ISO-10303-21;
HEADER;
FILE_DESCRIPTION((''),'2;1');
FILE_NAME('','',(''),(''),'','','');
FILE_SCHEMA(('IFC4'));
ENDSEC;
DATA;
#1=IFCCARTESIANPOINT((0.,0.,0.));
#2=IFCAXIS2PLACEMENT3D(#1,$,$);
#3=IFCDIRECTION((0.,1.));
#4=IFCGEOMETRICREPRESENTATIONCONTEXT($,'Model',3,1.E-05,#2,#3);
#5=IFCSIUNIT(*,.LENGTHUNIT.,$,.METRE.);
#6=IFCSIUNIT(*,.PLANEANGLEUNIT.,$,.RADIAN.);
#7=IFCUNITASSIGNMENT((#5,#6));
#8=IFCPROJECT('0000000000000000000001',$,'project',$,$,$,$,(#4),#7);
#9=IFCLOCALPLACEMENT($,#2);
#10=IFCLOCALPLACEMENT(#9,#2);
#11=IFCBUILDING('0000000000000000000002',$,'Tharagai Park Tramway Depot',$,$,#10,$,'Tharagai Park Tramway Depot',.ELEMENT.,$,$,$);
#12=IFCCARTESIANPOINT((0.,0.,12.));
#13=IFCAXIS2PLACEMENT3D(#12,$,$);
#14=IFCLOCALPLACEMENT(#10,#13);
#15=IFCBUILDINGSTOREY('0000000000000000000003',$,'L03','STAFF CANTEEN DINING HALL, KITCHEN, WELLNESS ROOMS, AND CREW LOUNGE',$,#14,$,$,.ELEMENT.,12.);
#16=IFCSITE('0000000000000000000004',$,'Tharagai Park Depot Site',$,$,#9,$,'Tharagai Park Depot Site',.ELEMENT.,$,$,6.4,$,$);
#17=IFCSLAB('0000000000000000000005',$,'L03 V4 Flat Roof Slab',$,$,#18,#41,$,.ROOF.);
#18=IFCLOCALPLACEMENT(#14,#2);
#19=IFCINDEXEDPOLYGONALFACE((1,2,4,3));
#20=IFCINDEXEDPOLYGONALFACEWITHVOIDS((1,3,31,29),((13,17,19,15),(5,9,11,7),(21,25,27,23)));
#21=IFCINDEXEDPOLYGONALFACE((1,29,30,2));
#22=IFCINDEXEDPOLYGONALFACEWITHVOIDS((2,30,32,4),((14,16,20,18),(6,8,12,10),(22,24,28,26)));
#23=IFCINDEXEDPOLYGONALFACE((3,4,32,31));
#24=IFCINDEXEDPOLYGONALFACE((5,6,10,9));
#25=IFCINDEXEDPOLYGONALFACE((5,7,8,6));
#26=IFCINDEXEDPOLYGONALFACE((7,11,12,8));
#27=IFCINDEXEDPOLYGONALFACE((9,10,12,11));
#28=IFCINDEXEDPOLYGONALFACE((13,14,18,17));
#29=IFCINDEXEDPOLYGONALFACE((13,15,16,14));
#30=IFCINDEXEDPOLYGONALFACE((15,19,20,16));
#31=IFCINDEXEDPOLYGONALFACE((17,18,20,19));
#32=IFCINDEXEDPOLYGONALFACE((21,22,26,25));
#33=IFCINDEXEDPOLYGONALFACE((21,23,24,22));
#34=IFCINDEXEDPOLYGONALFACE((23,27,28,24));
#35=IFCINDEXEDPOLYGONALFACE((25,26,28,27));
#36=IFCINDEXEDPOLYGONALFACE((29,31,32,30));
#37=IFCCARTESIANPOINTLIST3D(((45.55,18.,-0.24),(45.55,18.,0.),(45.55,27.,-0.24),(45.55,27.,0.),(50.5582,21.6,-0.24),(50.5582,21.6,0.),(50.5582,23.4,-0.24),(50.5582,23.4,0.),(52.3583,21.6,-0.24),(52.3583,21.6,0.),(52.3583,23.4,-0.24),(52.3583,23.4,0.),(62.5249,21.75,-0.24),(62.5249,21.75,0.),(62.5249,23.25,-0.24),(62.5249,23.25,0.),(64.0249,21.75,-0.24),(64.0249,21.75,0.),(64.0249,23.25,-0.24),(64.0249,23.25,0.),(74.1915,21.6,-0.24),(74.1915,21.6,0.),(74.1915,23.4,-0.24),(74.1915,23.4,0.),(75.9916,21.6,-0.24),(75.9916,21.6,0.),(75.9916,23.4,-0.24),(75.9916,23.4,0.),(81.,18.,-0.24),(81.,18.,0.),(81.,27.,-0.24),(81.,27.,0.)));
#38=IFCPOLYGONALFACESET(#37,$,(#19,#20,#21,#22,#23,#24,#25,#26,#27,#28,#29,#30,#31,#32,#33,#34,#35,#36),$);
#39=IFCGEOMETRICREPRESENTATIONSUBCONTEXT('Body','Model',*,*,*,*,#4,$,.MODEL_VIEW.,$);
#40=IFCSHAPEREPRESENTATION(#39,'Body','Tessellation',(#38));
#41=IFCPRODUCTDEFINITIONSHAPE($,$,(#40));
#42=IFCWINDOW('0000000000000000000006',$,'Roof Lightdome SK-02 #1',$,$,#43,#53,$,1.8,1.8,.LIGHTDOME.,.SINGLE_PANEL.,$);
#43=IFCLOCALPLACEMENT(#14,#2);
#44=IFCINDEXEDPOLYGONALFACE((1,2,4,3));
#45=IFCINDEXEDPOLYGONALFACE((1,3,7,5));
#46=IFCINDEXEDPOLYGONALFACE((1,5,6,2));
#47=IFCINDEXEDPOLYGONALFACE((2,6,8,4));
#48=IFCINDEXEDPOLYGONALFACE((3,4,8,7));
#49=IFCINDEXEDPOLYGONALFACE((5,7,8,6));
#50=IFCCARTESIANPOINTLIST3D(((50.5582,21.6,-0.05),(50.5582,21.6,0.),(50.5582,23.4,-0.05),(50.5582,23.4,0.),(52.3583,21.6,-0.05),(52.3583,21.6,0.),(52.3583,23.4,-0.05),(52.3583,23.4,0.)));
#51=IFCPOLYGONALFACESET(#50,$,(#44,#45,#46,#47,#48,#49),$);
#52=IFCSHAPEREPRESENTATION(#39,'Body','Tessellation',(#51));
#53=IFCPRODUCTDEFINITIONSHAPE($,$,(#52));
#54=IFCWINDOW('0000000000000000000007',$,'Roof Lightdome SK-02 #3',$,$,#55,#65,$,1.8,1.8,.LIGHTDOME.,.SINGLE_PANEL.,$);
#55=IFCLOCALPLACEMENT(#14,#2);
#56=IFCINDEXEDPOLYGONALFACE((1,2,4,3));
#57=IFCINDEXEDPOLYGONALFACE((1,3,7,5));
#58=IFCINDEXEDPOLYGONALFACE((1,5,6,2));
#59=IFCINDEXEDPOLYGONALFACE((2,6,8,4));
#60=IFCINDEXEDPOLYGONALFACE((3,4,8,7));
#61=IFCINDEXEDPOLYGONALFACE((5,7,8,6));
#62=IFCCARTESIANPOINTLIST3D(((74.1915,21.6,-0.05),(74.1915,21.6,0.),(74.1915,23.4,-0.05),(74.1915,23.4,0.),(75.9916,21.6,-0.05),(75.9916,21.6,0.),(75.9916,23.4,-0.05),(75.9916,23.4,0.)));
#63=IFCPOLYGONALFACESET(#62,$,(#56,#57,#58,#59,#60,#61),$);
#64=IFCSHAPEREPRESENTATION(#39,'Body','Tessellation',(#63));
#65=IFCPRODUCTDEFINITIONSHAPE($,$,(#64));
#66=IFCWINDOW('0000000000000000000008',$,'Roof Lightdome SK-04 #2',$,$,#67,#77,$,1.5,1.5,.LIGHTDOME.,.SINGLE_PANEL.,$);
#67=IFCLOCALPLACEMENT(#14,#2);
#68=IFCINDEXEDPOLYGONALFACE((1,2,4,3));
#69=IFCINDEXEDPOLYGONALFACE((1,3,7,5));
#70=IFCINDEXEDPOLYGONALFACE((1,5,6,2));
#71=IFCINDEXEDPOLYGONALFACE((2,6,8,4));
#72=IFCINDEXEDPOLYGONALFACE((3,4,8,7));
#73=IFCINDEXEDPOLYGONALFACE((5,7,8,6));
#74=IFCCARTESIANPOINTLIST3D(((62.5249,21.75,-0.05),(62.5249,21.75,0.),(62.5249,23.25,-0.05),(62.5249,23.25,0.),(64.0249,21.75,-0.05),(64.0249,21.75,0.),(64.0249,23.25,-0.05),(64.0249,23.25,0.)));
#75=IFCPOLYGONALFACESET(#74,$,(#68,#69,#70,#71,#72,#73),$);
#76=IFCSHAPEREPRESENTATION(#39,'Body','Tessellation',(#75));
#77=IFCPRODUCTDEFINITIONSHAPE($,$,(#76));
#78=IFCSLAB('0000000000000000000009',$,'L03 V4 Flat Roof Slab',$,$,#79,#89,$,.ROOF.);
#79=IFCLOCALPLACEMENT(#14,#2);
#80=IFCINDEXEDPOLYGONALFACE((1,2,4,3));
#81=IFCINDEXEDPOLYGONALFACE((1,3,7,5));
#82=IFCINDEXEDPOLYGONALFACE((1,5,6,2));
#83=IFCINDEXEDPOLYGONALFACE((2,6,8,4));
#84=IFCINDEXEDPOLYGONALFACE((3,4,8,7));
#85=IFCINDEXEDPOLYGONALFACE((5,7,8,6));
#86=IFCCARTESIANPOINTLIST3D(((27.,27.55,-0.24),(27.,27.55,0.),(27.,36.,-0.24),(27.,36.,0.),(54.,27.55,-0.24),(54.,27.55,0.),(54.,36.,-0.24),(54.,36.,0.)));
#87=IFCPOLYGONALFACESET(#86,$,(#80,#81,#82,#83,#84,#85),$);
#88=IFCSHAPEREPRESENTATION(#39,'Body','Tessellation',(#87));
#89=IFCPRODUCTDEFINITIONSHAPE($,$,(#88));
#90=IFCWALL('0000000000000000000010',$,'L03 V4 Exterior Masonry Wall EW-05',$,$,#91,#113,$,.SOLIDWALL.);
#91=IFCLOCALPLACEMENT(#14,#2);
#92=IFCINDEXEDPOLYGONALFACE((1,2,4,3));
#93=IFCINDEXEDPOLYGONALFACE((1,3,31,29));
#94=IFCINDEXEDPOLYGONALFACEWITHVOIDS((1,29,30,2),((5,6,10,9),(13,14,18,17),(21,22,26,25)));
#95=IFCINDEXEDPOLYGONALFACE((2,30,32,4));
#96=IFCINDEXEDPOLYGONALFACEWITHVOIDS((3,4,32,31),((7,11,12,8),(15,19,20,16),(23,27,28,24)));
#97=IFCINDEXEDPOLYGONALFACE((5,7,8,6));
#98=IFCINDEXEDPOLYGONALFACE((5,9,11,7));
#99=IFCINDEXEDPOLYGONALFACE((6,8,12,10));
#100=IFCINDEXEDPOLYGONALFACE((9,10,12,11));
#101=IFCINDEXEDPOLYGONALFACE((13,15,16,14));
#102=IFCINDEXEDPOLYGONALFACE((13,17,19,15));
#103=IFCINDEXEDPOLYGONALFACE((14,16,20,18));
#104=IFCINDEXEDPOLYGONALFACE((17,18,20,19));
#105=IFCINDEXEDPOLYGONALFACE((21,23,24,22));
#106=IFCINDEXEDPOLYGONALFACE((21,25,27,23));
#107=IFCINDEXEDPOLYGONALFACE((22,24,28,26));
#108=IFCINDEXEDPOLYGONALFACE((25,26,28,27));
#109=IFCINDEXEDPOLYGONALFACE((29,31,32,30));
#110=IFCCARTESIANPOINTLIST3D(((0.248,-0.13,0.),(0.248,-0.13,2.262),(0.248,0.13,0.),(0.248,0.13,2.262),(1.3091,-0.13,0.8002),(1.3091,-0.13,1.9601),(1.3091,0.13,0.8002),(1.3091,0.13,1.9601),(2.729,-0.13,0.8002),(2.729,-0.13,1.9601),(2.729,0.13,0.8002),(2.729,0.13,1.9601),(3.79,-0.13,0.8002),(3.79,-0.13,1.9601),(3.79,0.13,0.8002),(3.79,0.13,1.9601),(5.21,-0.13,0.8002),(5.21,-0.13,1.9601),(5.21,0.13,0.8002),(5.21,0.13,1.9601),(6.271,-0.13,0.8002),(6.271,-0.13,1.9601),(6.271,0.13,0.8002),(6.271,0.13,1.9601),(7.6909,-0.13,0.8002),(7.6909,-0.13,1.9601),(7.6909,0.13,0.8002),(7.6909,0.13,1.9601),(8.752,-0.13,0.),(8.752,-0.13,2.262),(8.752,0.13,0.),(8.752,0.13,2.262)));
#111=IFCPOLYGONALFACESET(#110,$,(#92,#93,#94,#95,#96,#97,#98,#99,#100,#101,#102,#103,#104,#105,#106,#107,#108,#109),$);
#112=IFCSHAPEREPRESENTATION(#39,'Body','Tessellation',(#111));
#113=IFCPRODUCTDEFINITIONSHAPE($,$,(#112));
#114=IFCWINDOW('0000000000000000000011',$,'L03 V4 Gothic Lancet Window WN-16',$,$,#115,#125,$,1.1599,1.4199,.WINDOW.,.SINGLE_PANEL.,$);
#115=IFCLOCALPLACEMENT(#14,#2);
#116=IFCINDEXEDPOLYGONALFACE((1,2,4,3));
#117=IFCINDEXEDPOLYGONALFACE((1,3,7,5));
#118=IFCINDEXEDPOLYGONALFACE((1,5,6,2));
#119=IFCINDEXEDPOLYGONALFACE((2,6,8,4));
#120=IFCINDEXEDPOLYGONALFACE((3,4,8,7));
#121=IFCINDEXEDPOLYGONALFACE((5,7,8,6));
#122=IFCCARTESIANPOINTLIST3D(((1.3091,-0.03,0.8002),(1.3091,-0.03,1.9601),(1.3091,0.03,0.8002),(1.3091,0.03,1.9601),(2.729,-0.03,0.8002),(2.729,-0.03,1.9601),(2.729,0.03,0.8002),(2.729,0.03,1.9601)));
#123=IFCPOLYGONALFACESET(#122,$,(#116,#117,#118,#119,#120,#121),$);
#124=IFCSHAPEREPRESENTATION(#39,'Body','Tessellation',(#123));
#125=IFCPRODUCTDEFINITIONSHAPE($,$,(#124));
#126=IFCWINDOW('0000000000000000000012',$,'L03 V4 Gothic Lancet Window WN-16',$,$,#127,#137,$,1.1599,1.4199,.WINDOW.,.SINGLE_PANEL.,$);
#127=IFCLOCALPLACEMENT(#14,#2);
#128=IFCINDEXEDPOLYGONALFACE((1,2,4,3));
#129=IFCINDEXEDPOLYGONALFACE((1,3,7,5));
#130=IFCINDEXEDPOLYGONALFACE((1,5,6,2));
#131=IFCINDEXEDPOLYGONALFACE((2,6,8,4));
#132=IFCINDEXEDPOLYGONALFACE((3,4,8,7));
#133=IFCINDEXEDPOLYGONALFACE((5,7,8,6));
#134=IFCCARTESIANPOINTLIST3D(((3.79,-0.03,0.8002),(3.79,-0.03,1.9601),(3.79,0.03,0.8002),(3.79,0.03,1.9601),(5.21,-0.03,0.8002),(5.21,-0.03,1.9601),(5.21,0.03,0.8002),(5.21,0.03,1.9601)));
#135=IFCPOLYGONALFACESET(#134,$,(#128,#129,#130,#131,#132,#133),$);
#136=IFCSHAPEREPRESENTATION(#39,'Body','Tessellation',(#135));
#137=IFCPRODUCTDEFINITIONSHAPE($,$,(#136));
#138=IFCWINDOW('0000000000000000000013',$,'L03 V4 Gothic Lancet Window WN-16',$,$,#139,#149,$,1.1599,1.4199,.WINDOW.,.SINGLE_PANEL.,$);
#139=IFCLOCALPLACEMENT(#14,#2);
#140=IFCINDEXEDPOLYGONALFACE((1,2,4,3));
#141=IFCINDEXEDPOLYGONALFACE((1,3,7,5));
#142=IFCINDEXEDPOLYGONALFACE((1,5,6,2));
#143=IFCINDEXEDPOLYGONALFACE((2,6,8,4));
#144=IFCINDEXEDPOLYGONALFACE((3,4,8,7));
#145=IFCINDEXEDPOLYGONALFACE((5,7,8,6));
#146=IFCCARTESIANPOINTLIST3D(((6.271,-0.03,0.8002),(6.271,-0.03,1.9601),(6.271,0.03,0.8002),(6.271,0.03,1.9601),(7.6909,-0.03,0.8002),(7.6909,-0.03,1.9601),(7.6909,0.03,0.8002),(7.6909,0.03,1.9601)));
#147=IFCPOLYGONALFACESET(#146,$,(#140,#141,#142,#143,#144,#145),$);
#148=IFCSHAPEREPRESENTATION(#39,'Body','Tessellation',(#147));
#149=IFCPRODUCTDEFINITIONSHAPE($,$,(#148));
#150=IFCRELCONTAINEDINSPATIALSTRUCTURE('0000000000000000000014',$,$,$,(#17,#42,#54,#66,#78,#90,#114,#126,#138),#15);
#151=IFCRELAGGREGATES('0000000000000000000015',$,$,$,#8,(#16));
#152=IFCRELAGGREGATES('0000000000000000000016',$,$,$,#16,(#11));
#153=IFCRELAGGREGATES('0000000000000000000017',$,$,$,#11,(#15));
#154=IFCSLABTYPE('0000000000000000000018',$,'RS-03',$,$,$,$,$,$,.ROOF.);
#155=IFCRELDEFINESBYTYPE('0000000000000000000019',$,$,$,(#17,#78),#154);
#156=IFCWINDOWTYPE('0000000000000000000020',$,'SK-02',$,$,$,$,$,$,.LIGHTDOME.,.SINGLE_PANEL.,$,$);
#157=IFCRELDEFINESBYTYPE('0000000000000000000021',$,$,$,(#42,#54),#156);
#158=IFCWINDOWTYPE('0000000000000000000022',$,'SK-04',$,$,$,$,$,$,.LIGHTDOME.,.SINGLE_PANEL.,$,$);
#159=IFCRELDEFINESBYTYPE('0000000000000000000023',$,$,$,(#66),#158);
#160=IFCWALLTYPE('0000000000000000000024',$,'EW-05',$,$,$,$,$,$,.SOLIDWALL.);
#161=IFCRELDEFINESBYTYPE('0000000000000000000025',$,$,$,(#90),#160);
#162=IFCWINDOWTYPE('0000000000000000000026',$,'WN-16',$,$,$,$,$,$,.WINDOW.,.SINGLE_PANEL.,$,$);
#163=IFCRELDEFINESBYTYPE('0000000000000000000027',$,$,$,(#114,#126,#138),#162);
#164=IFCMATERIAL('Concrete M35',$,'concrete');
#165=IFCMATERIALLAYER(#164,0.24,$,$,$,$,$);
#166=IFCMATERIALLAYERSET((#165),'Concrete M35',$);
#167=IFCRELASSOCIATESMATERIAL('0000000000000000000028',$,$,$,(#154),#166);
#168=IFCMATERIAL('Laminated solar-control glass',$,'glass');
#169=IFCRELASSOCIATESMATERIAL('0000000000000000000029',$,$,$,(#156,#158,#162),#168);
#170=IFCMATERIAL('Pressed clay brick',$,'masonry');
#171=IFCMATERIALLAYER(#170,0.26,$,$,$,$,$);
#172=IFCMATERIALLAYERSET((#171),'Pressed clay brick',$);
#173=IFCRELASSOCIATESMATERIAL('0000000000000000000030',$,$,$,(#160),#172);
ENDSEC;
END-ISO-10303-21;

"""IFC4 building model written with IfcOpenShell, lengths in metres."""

from ifc_helpers import new_model, si_unit, direction, frame, frame_2d, origin, origin_2d, place, context, subcontext, project, spatial, polyline, rectangle, outline, extrude, material, layer, layer_set, type_object, element, fill, save


model = new_model("IFC4")

# Units and contexts
model_context = context("Model", 3, precision=1e-05, world=origin(), true_north=direction((0.0, 1.0)))
body_context = subcontext(model_context, "Body", "Model", "MODEL_VIEW")
ifc_project = project(units=[si_unit("LENGTHUNIT", "METRE"), si_unit("PLANEANGLEUNIT", "RADIAN")], contexts=[model_context])

# Site, building, storey
site_placement = place(None, origin())
site = spatial("IfcSite", under=ifc_project, at=site_placement, Name="Tharagai Park Depot Site", LongName="Tharagai Park Depot Site", CompositionType="ELEMENT", RefElevation=6.4)
building_placement = place(site_placement, origin())
building = spatial("IfcBuilding", under=site, at=building_placement, Name="Tharagai Park Tramway Depot", LongName="Tharagai Park Tramway Depot", CompositionType="ELEMENT")
storey_placement = place(building_placement, frame((0.0, 0.0, 12.0)))
storey = spatial("IfcBuildingStorey", under=building, at=storey_placement, Name="L03", Description="STAFF CANTEEN DINING HALL, KITCHEN, WELLNESS ROOMS, AND CREW LOUNGE", CompositionType="ELEMENT", Elevation=12.0)

# Shared definitions
ifc_material_1 = material(Name="Concrete M35", Category="concrete")

# Slab, openings, windows
ifc_layer_1 = layer(ifc_material_1, 0.24)
ifc_layer_set_1 = layer_set([ifc_layer_1], Name="Concrete M35")
slab_type_1 = type_object("IfcSlabType", Name="RS-03", PredefinedType="ROOF", material=ifc_layer_set_1)
slab_1_placement = place(storey_placement, frame((0.0, 0.0, -0.24)))
slab_1 = element("IfcSlab", 1, at=slab_1_placement, inside=storey, type_object=slab_type_1, Name="L03 V4 Flat Roof Slab", PredefinedType="ROOF", context=body_context, shape_type="SweptSolid", body=[
    extrude(outline(polyline([(45.55, 18.0), (81.0, 18.0), (81.0, 27.0), (45.55, 27.0), (45.55, 18.0)])), origin(), (0.0, 0.0, 1.0), 0.24),
])
opening_1_placement = place(slab_1_placement, frame((51.4583, 22.5, -0.01)))
opening_1 = element("IfcOpeningElement", 2, at=opening_1_placement, cuts=slab_1, PredefinedType="OPENING", context=body_context, shape_type="SweptSolid", body=[
    extrude(rectangle(XDim=1.8, YDim=1.8, at=origin_2d()), origin(), (0.0, 0.0, 1.0), 0.26),
])
opening_2_placement = place(slab_1_placement, frame((63.2749, 22.5, -0.01)))
opening_2 = element("IfcOpeningElement", 3, at=opening_2_placement, cuts=slab_1, PredefinedType="OPENING", context=body_context, shape_type="SweptSolid", body=[
    extrude(rectangle(XDim=1.5, YDim=1.5, at=origin_2d()), origin(), (0.0, 0.0, 1.0), 0.26),
])
opening_3_placement = place(slab_1_placement, frame((75.0916, 22.5, -0.01)))
opening_3 = element("IfcOpeningElement", 4, at=opening_3_placement, cuts=slab_1, PredefinedType="OPENING", context=body_context, shape_type="SweptSolid", body=[
    extrude(rectangle(XDim=1.8, YDim=1.8, at=origin_2d()), origin(), (0.0, 0.0, 1.0), 0.26),
])
ifc_material_2 = material(Name="Laminated solar-control glass", Category="glass")
window_type_1 = type_object("IfcWindowType", Name="SK-02", PartitioningType="SINGLE_PANEL", PredefinedType="LIGHTDOME", material=ifc_material_2)
window_1_placement = place(opening_1_placement, frame((0.0, 0.0, 0.2)))
window_1 = element("IfcWindow", 5, at=window_1_placement, inside=storey, type_object=window_type_1, Name="Roof Lightdome SK-02 #1", OverallHeight=1.8, OverallWidth=1.8, PartitioningType="SINGLE_PANEL", PredefinedType="LIGHTDOME", context=body_context, shape_type="SweptSolid", body=[
    extrude(rectangle(XDim=1.8, YDim=1.8, at=origin_2d()), origin(), (0.0, 0.0, 1.0), 0.05),
])
fill(opening_1, window_1)
window_2_placement = place(opening_3_placement, frame((0.0, 0.0, 0.2)))
window_2 = element("IfcWindow", 6, at=window_2_placement, inside=storey, type_object=window_type_1, Name="Roof Lightdome SK-02 #3", OverallHeight=1.8, OverallWidth=1.8, PartitioningType="SINGLE_PANEL", PredefinedType="LIGHTDOME", context=body_context, shape_type="SweptSolid", body=[
    extrude(rectangle(XDim=1.8, YDim=1.8, at=origin_2d()), origin(), (0.0, 0.0, 1.0), 0.05),
])
fill(opening_3, window_2)
window_type_2 = type_object("IfcWindowType", Name="SK-04", PartitioningType="SINGLE_PANEL", PredefinedType="LIGHTDOME", material=ifc_material_2)
window_3_placement = place(opening_2_placement, frame((0.0, 0.0, 0.2)))
window_3 = element("IfcWindow", 7, at=window_3_placement, inside=storey, type_object=window_type_2, Name="Roof Lightdome SK-04 #2", OverallHeight=1.5, OverallWidth=1.5, PartitioningType="SINGLE_PANEL", PredefinedType="LIGHTDOME", context=body_context, shape_type="SweptSolid", body=[
    extrude(rectangle(XDim=1.5, YDim=1.5, at=origin_2d()), origin(), (0.0, 0.0, 1.0), 0.05),
])
fill(opening_2, window_3)

# Slab
slab_2_placement = place(storey_placement, frame((0.0, 0.0, -0.24)))
element("IfcSlab", 8, at=slab_2_placement, inside=storey, type_object=slab_type_1, Name="L03 V4 Flat Roof Slab", PredefinedType="ROOF", context=body_context, shape_type="SweptSolid", body=[
    extrude(outline(polyline([(27.0, 27.55), (54.0, 27.55), (54.0, 36.0), (27.0, 36.0), (27.0, 27.55)])), origin(), (0.0, 0.0, 1.0), 0.24),
])

# Wall, openings, windows
ifc_material_3 = material(Name="Pressed clay brick", Category="masonry")
ifc_layer_2 = layer(ifc_material_3, 0.26)
ifc_layer_set_2 = layer_set([ifc_layer_2], Name="Pressed clay brick")
wall_type_1 = type_object("IfcWallType", Name="EW-05", PredefinedType="SOLIDWALL", material=ifc_layer_set_2)
wall_1_placement = place(storey_placement, frame((0.248, 0.0, 0.0), z_axis=(0.0, 0.0, 1.0), x_axis=(1.0, 0.0, 0.0)))
wall_1 = element("IfcWall", 9, at=wall_1_placement, inside=storey, type_object=wall_type_1, Name="L03 V4 Exterior Masonry Wall EW-05", PredefinedType="SOLIDWALL", context=body_context, shape_type="SweptSolid", body=[
    extrude(rectangle(XDim=8.5039, YDim=0.26, at=frame_2d((4.252, 0.0))), origin(), (0.0, 0.0, 1.0), 2.262),
])
opening_4_placement = place(wall_1_placement, frame((1.061, 0.0, 0.8)))
opening_4 = element("IfcOpeningElement", 10, at=opening_4_placement, cuts=wall_1, PredefinedType="OPENING", context=body_context, shape_type="SweptSolid", body=[
    extrude(rectangle(XDim=1.4199, YDim=1.1599, at=frame_2d((0.71, 0.5801))), frame((0.0, 0.1399, 0.0), z_axis=(0.0, -1.0, 0.0), x_axis=(1.0, 0.0, 0.0)), (0.0, 0.0, 1.0), 0.28),
])
opening_5_placement = place(wall_1_placement, frame((3.542, 0.0, 0.8)))
opening_5 = element("IfcOpeningElement", 11, at=opening_5_placement, cuts=wall_1, PredefinedType="OPENING", context=body_context, shape_type="SweptSolid", body=[
    extrude(rectangle(XDim=1.4199, YDim=1.1599, at=frame_2d((0.71, 0.5801))), frame((0.0, 0.1399, 0.0), z_axis=(0.0, -1.0, 0.0), x_axis=(1.0, 0.0, 0.0)), (0.0, 0.0, 1.0), 0.28),
])
opening_6_placement = place(wall_1_placement, frame((6.0229, 0.0, 0.8)))
opening_6 = element("IfcOpeningElement", 12, at=opening_6_placement, cuts=wall_1, PredefinedType="OPENING", context=body_context, shape_type="SweptSolid", body=[
    extrude(rectangle(XDim=1.4199, YDim=1.1599, at=frame_2d((0.71, 0.5801))), frame((0.0, 0.1399, 0.0), z_axis=(0.0, -1.0, 0.0), x_axis=(1.0, 0.0, 0.0)), (0.0, 0.0, 1.0), 0.28),
])
window_type_3 = type_object("IfcWindowType", Name="WN-16", PartitioningType="SINGLE_PANEL", PredefinedType="WINDOW", material=ifc_material_2)
window_4_placement = place(opening_4_placement, origin())
window_4 = element("IfcWindow", 13, at=window_4_placement, inside=storey, type_object=window_type_3, Name="L03 V4 Gothic Lancet Window WN-16", OverallHeight=1.1599, OverallWidth=1.4199, PartitioningType="SINGLE_PANEL", PredefinedType="WINDOW", context=body_context, shape_type="SweptSolid", body=[
    extrude(rectangle(XDim=1.4199, YDim=1.1599, at=frame_2d((0.71, 0.5801))), frame((0.0, 0.03, 0.0), z_axis=(0.0, -1.0, 0.0), x_axis=(1.0, 0.0, 0.0)), (0.0, 0.0, 1.0), 0.0601),
])
fill(opening_4, window_4)
window_5_placement = place(opening_5_placement, origin())
window_5 = element("IfcWindow", 14, at=window_5_placement, inside=storey, type_object=window_type_3, Name="L03 V4 Gothic Lancet Window WN-16", OverallHeight=1.1599, OverallWidth=1.4199, PartitioningType="SINGLE_PANEL", PredefinedType="WINDOW", context=body_context, shape_type="SweptSolid", body=[
    extrude(rectangle(XDim=1.4199, YDim=1.1599, at=frame_2d((0.71, 0.5801))), frame((0.0, 0.03, 0.0), z_axis=(0.0, -1.0, 0.0), x_axis=(1.0, 0.0, 0.0)), (0.0, 0.0, 1.0), 0.0601),
])
fill(opening_5, window_5)
window_6_placement = place(opening_6_placement, origin())
window_6 = element("IfcWindow", 15, at=window_6_placement, inside=storey, type_object=window_type_3, Name="L03 V4 Gothic Lancet Window WN-16", OverallHeight=1.1599, OverallWidth=1.4199, PartitioningType="SINGLE_PANEL", PredefinedType="WINDOW", context=body_context, shape_type="SweptSolid", body=[
    extrude(rectangle(XDim=1.4199, YDim=1.1599, at=frame_2d((0.71, 0.5801))), frame((0.0, 0.03, 0.0), z_axis=(0.0, -1.0, 0.0), x_axis=(1.0, 0.0, 0.0)), (0.0, 0.0, 1.0), 0.0601),
])
fill(opening_6, window_6)

save(model, "model.ifc")
